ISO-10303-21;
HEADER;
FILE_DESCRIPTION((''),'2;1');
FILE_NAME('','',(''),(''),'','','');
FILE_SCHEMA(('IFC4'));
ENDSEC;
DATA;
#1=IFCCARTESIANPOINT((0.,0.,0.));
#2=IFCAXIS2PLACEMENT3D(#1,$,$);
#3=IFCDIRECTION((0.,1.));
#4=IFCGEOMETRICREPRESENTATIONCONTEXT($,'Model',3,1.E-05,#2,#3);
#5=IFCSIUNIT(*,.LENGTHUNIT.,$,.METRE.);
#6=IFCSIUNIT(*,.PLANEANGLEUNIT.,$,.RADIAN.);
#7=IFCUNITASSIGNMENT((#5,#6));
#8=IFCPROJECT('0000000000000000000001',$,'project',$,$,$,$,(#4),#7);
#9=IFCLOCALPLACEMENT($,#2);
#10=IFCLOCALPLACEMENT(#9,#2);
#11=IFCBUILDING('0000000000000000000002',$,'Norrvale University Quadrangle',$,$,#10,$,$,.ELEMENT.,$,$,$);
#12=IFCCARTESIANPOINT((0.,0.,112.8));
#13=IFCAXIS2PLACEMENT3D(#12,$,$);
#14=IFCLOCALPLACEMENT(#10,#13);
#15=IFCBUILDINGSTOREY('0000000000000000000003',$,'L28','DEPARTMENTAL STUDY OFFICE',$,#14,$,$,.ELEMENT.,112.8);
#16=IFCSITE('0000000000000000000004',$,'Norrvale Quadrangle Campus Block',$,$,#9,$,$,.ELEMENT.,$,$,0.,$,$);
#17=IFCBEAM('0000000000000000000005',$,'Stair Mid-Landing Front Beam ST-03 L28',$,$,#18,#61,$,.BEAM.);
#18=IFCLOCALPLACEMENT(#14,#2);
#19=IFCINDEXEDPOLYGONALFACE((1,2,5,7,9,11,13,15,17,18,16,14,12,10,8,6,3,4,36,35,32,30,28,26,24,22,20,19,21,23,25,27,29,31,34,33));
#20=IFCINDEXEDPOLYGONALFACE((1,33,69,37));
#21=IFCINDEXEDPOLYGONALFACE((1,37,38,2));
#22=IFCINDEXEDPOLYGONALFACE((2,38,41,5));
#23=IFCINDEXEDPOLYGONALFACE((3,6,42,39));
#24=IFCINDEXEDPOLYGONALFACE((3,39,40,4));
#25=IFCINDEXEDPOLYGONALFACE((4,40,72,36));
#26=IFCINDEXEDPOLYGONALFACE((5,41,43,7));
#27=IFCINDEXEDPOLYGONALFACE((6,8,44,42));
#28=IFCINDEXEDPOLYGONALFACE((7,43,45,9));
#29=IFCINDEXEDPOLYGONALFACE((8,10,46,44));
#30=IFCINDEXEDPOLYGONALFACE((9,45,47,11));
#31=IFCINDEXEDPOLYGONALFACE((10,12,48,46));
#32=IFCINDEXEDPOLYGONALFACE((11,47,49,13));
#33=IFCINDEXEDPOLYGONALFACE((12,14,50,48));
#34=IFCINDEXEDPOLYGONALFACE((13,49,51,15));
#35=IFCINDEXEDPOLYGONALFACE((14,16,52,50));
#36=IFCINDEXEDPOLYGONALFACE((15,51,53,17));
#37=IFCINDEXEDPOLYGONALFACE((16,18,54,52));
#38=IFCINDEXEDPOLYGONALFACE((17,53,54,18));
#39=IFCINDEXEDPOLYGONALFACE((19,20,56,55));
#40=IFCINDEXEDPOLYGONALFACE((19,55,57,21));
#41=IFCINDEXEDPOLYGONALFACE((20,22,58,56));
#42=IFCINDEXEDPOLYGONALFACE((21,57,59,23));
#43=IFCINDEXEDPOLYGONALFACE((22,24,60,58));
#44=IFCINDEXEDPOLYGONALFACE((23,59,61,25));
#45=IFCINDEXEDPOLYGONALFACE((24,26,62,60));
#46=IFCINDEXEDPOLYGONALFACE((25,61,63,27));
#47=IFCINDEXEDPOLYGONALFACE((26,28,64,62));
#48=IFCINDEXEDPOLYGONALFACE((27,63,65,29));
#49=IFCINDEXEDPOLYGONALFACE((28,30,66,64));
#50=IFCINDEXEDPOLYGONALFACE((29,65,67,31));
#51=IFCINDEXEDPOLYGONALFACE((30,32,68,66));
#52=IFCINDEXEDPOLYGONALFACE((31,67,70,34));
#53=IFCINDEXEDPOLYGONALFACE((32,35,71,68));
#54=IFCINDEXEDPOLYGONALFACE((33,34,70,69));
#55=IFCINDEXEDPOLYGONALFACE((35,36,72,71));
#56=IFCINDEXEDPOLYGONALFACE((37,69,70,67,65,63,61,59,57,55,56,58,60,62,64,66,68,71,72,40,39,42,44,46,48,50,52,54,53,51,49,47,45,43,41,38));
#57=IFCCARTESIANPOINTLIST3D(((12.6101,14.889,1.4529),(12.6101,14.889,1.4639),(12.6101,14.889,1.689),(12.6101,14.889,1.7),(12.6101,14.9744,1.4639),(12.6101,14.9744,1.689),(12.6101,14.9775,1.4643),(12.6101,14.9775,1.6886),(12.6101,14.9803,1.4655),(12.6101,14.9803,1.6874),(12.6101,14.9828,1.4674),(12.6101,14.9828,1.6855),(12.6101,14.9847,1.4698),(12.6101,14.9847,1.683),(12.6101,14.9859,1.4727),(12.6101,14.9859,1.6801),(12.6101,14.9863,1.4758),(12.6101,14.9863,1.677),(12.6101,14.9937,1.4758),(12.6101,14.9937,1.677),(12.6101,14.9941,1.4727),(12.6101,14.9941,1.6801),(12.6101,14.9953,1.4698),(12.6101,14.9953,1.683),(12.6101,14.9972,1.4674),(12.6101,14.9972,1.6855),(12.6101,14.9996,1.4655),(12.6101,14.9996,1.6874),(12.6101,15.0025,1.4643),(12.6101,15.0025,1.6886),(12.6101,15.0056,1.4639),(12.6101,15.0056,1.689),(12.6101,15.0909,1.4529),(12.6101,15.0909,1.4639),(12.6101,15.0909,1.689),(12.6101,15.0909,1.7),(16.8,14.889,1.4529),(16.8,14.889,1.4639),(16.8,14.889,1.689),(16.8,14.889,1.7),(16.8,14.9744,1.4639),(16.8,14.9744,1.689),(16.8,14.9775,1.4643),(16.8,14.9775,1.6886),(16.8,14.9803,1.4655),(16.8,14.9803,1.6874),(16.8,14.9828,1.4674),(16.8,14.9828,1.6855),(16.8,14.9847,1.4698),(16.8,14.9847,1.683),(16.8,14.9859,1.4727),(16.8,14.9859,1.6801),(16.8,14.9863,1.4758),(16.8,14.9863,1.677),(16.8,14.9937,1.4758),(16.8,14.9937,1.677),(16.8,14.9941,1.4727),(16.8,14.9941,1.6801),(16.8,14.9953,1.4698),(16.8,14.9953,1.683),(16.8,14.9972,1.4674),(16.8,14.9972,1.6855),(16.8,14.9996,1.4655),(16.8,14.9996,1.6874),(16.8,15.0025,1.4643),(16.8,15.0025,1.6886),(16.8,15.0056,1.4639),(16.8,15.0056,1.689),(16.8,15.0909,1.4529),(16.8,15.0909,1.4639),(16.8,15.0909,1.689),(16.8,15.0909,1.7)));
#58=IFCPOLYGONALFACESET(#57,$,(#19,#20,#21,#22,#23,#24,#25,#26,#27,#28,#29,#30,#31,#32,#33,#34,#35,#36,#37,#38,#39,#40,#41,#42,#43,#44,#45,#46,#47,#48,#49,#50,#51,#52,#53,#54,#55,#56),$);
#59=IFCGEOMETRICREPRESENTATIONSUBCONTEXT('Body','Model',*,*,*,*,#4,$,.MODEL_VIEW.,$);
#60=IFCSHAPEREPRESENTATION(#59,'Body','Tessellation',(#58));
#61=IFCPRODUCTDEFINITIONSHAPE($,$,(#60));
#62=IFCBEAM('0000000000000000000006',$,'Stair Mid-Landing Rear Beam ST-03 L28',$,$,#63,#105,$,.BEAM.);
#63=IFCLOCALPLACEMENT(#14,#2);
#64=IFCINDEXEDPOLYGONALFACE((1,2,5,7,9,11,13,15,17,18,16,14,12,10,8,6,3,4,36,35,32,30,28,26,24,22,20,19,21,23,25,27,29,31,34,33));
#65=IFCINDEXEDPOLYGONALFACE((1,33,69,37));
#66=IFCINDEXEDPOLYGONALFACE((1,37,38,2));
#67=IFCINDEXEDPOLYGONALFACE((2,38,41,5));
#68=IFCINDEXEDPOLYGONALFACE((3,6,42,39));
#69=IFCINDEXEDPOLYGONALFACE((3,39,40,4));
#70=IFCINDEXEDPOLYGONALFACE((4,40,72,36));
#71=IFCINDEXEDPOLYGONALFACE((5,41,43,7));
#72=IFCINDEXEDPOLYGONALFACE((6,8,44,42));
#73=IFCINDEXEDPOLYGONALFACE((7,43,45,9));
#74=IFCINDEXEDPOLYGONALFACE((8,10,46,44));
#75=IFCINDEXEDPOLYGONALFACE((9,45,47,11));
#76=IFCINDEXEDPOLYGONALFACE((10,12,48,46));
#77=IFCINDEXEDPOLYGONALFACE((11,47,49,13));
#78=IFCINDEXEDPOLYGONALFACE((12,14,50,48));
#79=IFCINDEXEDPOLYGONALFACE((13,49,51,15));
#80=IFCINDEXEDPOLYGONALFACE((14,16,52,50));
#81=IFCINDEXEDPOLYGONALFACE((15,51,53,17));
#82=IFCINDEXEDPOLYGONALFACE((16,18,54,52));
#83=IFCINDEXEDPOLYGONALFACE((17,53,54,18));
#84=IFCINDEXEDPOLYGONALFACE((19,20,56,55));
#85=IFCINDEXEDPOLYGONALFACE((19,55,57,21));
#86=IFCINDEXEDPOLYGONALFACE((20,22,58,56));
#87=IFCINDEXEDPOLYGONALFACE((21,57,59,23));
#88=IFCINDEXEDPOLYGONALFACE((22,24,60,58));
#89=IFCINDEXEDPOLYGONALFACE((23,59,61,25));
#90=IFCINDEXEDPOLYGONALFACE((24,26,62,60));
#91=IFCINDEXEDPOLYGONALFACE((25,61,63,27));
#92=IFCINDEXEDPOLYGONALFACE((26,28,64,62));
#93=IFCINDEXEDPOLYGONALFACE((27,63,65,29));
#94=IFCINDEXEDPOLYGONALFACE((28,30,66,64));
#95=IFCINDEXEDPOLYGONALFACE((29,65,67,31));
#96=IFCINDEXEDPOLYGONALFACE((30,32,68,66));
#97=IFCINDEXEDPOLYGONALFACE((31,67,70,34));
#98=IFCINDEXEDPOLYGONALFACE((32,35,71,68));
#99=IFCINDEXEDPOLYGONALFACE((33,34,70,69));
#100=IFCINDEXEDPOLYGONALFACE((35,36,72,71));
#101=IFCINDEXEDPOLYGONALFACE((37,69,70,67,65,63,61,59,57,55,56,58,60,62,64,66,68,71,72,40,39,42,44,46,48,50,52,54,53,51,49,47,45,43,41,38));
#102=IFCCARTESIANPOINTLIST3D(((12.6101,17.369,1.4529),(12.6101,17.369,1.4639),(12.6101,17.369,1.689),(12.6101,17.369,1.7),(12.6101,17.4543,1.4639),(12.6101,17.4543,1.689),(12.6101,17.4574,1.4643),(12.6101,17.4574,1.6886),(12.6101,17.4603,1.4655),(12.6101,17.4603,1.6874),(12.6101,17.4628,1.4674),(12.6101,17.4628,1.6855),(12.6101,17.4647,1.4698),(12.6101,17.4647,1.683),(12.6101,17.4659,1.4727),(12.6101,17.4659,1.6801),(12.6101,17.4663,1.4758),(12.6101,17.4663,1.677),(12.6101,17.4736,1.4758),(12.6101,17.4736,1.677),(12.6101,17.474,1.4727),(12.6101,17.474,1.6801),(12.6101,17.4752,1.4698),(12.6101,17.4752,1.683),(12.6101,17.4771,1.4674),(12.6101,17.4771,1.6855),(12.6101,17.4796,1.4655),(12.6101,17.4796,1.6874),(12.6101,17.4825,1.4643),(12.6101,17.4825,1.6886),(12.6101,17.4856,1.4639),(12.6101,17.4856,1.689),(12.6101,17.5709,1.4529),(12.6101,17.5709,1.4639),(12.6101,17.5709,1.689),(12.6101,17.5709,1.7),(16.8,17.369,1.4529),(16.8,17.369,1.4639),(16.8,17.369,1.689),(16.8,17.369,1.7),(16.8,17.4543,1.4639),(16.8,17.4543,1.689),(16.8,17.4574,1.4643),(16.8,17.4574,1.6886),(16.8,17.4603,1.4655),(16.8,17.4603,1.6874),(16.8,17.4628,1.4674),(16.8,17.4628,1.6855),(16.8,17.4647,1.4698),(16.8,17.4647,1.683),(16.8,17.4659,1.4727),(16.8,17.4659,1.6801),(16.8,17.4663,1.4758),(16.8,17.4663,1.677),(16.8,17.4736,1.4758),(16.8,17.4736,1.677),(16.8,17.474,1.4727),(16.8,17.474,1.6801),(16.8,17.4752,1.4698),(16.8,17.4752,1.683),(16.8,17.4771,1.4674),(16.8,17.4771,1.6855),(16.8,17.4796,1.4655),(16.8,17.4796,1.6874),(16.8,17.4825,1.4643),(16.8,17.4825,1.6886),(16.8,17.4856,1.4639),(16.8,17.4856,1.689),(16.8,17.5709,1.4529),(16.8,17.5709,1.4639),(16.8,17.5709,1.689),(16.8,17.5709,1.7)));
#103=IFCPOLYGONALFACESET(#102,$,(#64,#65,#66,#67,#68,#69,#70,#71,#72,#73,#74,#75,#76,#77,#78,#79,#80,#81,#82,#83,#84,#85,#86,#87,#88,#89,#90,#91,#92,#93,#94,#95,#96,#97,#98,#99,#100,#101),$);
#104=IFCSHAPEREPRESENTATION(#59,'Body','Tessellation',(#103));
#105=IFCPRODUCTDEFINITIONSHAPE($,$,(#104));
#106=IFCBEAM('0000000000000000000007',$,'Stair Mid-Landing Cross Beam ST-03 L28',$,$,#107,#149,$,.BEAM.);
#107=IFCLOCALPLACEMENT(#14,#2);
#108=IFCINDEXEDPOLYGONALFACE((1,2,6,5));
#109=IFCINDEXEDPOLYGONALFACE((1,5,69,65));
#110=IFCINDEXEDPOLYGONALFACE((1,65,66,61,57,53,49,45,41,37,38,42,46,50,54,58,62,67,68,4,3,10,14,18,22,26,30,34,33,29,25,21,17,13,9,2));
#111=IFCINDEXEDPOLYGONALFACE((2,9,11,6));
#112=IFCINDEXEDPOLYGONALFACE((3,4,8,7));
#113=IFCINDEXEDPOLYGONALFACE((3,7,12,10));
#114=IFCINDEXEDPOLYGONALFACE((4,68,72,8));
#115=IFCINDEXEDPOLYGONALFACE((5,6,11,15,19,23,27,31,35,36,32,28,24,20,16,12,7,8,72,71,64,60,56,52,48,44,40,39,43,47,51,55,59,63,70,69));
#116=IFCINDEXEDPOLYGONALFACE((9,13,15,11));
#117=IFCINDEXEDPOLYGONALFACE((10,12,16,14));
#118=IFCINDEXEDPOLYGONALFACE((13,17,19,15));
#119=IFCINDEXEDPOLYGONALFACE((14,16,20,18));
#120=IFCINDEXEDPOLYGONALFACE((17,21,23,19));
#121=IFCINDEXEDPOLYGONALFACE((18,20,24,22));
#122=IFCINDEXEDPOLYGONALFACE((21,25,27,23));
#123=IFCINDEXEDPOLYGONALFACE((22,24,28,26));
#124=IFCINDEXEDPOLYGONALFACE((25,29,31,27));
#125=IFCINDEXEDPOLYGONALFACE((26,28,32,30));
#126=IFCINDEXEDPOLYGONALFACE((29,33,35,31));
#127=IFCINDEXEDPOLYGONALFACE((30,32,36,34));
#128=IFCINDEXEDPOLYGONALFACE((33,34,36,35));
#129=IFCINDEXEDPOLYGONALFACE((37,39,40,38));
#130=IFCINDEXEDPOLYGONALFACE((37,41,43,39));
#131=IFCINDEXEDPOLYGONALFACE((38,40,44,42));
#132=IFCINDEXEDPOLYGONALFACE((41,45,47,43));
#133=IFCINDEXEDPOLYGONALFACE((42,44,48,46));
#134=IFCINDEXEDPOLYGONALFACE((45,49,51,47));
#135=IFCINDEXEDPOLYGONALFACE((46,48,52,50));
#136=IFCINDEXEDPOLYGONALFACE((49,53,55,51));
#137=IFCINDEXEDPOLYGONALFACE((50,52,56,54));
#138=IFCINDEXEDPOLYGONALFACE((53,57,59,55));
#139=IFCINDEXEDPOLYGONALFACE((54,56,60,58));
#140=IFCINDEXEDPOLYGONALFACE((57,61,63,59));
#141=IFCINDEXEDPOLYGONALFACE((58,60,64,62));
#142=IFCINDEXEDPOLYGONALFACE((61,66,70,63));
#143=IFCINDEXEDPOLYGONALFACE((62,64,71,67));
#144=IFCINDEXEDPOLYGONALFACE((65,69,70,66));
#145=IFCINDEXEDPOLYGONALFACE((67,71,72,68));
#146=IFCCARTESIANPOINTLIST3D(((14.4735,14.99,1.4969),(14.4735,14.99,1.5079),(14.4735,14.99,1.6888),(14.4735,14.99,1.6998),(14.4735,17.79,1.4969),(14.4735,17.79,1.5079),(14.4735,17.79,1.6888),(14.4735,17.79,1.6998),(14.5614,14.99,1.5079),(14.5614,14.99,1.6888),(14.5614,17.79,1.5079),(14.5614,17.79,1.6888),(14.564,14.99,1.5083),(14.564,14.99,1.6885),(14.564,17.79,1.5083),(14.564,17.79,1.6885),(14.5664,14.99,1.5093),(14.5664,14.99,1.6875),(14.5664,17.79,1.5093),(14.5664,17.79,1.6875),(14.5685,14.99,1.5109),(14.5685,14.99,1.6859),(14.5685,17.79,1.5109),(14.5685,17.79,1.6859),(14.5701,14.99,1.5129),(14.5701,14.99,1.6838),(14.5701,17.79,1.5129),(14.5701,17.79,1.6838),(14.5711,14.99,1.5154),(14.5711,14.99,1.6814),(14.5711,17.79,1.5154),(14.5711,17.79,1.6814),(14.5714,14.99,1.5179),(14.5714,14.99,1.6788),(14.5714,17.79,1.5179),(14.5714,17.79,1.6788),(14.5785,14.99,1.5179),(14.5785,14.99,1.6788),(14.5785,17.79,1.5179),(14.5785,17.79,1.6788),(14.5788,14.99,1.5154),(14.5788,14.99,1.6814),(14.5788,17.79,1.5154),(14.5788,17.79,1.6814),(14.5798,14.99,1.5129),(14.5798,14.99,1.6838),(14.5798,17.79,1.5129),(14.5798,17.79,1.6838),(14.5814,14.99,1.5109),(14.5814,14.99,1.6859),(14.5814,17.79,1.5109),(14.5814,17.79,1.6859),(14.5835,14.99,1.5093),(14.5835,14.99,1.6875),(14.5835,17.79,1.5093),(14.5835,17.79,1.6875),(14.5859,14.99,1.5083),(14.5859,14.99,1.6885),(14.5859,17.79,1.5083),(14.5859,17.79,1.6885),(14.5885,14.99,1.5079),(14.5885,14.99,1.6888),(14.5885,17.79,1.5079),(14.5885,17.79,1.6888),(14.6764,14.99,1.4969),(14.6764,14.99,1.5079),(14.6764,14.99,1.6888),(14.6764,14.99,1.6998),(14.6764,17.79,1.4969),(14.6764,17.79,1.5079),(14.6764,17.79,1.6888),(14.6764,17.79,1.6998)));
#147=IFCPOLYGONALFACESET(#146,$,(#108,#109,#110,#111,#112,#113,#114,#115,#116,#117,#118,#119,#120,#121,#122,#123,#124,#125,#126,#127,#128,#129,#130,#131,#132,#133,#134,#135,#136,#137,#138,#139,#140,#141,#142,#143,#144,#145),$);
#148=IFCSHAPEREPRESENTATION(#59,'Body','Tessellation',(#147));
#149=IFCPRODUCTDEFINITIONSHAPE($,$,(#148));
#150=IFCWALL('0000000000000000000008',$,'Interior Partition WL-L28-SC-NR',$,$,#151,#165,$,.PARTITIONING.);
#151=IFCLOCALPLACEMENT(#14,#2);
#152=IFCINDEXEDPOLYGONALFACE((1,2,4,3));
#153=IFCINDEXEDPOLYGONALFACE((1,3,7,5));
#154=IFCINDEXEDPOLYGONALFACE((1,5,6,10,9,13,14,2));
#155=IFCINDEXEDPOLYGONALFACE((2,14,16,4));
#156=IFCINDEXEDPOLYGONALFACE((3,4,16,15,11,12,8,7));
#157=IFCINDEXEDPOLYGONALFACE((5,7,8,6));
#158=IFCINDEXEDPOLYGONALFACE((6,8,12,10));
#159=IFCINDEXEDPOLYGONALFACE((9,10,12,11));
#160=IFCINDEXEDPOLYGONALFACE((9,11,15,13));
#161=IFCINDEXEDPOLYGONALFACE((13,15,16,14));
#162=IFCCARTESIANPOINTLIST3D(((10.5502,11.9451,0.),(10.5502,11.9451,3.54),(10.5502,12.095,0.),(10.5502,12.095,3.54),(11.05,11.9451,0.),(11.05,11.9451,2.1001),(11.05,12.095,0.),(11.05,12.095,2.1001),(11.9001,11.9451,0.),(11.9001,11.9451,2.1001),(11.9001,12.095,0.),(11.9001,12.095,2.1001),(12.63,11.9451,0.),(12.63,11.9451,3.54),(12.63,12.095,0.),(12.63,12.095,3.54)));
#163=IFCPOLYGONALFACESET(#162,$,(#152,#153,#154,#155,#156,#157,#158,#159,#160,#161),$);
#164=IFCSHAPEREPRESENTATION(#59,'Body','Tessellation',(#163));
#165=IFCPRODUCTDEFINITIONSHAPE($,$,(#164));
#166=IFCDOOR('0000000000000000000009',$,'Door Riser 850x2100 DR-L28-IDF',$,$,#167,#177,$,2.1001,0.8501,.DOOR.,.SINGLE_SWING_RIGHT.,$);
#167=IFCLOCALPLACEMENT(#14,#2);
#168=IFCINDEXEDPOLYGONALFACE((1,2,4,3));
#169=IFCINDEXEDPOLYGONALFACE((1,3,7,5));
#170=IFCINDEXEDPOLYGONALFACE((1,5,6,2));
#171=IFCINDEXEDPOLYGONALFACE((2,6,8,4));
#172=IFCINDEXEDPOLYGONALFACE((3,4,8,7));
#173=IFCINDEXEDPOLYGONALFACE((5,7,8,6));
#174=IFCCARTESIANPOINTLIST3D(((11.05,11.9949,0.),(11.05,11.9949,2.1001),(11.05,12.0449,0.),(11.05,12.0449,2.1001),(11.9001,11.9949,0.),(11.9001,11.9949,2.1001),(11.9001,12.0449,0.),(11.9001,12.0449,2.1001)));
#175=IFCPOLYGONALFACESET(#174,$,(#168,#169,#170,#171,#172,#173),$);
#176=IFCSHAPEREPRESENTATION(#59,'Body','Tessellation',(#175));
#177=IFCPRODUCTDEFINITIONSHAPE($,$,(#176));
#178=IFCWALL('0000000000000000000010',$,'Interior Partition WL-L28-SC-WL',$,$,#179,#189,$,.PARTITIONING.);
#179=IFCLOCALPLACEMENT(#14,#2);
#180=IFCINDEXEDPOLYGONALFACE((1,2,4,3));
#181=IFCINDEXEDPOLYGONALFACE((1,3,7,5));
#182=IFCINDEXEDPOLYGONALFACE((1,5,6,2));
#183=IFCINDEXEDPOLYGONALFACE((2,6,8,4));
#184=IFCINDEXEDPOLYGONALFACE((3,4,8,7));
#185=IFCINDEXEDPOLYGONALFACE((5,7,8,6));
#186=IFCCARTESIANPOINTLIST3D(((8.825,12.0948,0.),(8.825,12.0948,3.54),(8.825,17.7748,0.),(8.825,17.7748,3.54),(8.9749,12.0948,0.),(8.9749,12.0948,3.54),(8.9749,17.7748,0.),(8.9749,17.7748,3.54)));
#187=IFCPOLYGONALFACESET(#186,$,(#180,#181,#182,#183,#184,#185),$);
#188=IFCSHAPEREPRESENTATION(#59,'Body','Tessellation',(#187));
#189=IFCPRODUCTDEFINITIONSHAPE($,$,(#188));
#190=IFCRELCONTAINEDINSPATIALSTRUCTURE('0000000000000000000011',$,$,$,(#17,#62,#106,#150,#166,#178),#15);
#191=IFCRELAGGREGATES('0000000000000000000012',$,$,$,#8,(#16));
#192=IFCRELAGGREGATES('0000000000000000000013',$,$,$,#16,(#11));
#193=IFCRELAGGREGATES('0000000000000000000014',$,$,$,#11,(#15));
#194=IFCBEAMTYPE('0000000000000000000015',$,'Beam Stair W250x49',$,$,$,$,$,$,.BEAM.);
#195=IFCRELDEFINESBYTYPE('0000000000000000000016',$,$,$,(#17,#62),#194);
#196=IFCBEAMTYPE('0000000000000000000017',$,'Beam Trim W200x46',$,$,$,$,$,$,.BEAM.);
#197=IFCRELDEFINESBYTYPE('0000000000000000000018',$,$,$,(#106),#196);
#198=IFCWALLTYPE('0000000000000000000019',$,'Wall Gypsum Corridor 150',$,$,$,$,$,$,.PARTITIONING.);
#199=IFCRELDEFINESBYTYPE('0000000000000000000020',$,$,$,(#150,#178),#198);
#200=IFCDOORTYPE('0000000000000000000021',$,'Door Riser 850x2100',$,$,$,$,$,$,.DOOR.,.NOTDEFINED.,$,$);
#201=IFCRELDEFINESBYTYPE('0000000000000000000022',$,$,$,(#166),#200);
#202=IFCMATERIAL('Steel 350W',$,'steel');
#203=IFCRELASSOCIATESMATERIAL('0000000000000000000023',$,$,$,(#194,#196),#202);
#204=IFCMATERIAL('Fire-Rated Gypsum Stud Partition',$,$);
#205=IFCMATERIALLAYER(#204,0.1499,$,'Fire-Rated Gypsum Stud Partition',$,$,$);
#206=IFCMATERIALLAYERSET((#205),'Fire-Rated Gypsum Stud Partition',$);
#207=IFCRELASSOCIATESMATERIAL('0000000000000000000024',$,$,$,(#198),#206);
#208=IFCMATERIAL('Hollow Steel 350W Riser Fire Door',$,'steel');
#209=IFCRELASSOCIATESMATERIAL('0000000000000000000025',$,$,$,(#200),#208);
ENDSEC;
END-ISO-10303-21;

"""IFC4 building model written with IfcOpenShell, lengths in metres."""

from ifc_helpers import new_model, si_unit, direction, frame, frame_2d, origin, origin_2d, place, context, subcontext, project, spatial, rectangle, i_section, extrude, material, layer, layer_set, material_profile, profile_set, type_object, element, fill, save


model = new_model("IFC4")

# Units and contexts
model_context = context("Model", 3, precision=1e-05, world=origin(), true_north=direction((0.0, 1.0)))
body_context = subcontext(model_context, "Body", "Model", "MODEL_VIEW")
ifc_project = project(units=[si_unit("LENGTHUNIT", "METRE"), si_unit("PLANEANGLEUNIT", "RADIAN")], contexts=[model_context])

# Site, building, storey
site_placement = place(None, origin())
site = spatial("IfcSite", under=ifc_project, at=site_placement, Name="Norrvale Quadrangle Campus Block", CompositionType="ELEMENT", RefElevation=0.0)
building_placement = place(site_placement, origin())
building = spatial("IfcBuilding", under=site, at=building_placement, Name="Norrvale University Quadrangle", CompositionType="ELEMENT")
storey_placement = place(building_placement, frame((0.0, 0.0, 112.8)))
storey = spatial("IfcBuildingStorey", under=building, at=storey_placement, Name="L28", Description="DEPARTMENTAL STUDY OFFICE", CompositionType="ELEMENT", Elevation=112.8)

# Beams
ifc_material_1 = material(Name="Steel 350W", Category="steel")
ifc_material_profile_1 = material_profile(ifc_material_1, i_section(OverallWidth=0.2019, OverallDepth=0.2471, WebThickness=0.0073, FlangeThickness=0.011, FilletRadius=0.012, at=origin_2d()), Name="Steel 350W")
ifc_profile_set_1 = profile_set([ifc_material_profile_1], Name="Steel 350W")
beam_type_1 = type_object("IfcBeamType", Name="Beam Stair W250x49", PredefinedType="BEAM", material=ifc_profile_set_1)
for number, where, z_axis, x_axis, name in (
    (1, (12.6101, 14.99, 1.5764), (1.0, 0.0, 0.0), (0.0, 1.0, 0.0), "Stair Mid-Landing Front Beam ST-03 L28"),
    (2, (12.6101, 17.47, 1.5764), (1.0, 0.0, 0.0), (0.0, 1.0, 0.0), "Stair Mid-Landing Rear Beam ST-03 L28"),
):
    element("IfcBeam", number, at=place(storey_placement, frame(where, z_axis=z_axis, x_axis=x_axis)), inside=storey, type_object=beam_type_1, Name=name, PredefinedType="BEAM", context=body_context, shape_type="SweptSolid", body=[
        extrude(i_section(OverallWidth=0.2019, OverallDepth=0.2471, WebThickness=0.0073, FlangeThickness=0.011, FilletRadius=0.012, at=origin_2d()), origin(), (0.0, 0.0, 1.0), 4.1899),
    ])
ifc_material_profile_2 = material_profile(ifc_material_1, i_section(OverallWidth=0.2029, OverallDepth=0.2029, WebThickness=0.0071, FlangeThickness=0.011, FilletRadius=0.01, at=origin_2d()), Name="Steel 350W")
ifc_profile_set_2 = profile_set([ifc_material_profile_2], Name="Steel 350W")
beam_type_2 = type_object("IfcBeamType", Name="Beam Trim W200x46", PredefinedType="BEAM", material=ifc_profile_set_2)
beam_placement = place(storey_placement, frame((14.575, 14.99, 1.5984), z_axis=(0.0, 1.0, 0.0), x_axis=(-1.0, 0.0, 0.0)))
element("IfcBeam", 3, at=beam_placement, inside=storey, type_object=beam_type_2, Name="Stair Mid-Landing Cross Beam ST-03 L28", PredefinedType="BEAM", context=body_context, shape_type="SweptSolid", body=[
    extrude(i_section(OverallWidth=0.2029, OverallDepth=0.2029, WebThickness=0.0071, FlangeThickness=0.011, FilletRadius=0.01, at=origin_2d()), origin(), (0.0, 0.0, 1.0), 2.8),
])

# Wall, opening, door
ifc_material_2 = material(Name="Fire-Rated Gypsum Stud Partition")
ifc_layer_1 = layer(ifc_material_2, 0.1499, Name="Fire-Rated Gypsum Stud Partition")
ifc_layer_set_1 = layer_set([ifc_layer_1], Name="Fire-Rated Gypsum Stud Partition")
wall_type_1 = type_object("IfcWallType", Name="Wall Gypsum Corridor 150", PredefinedType="PARTITIONING", material=ifc_layer_set_1)
wall_1_placement = place(storey_placement, frame((10.55, 12.02, 0.0), z_axis=(0.0, 0.0, 1.0), x_axis=(1.0, 0.0, 0.0)))
wall_1 = element("IfcWall", 4, at=wall_1_placement, inside=storey, type_object=wall_type_1, Name="Interior Partition WL-L28-SC-NR", PredefinedType="PARTITIONING", context=body_context, shape_type="SweptSolid", body=[
    extrude(rectangle(XDim=2.0798, YDim=0.1499, at=frame_2d((1.04, 0.0))), origin(), (0.0, 0.0, 1.0), 3.54),
])
opening_1_placement = place(wall_1_placement, frame((0.5, 0.0, 0.0)))
opening_1 = element("IfcOpeningElement", 5, at=opening_1_placement, cuts=wall_1, PredefinedType="OPENING", context=body_context, shape_type="SweptSolid", body=[
    extrude(rectangle(XDim=0.8501, YDim=2.1001, at=frame_2d((0.425, 1.05))), frame((0.0, 0.0869, 0.0), z_axis=(0.0, -1.0, 0.0), x_axis=(1.0, 0.0, 0.0)), (0.0, 0.0, 1.0), 0.1738),
])
ifc_material_3 = material(Name="Hollow Steel 350W Riser Fire Door", Category="steel")
door_type_1 = type_object("IfcDoorType", Name="Door Riser 850x2100", OperationType="NOTDEFINED", PredefinedType="DOOR", material=ifc_material_3)
door_1_placement = place(opening_1_placement, origin())
door_1 = element("IfcDoor", 6, at=door_1_placement, inside=storey, type_object=door_type_1, Name="Door Riser 850x2100 DR-L28-IDF", OperationType="SINGLE_SWING_RIGHT", OverallHeight=2.1001, OverallWidth=0.8501, PredefinedType="DOOR", context=body_context, shape_type="SweptSolid", body=[
    extrude(rectangle(XDim=0.8501, YDim=2.1001, at=frame_2d((0.425, 1.05))), frame((0.0, 0.0249, 0.0), z_axis=(0.0, -1.0, 0.0), x_axis=(1.0, 0.0, 0.0)), (0.0, 0.0, 1.0), 0.05),
])
fill(opening_1, door_1)

# Wall
for number, where, z_axis, x_axis, name in (
    (7, (8.8999, 12.095, 0.0), (0.0, 0.0, 1.0), (0.0, 1.0, 0.0), "Interior Partition WL-L28-SC-WL"),
):
    element("IfcWall", number, at=place(storey_placement, frame(where, z_axis=z_axis, x_axis=x_axis)), inside=storey, type_object=wall_type_1, Name=name, PredefinedType="PARTITIONING", context=body_context, shape_type="SweptSolid", body=[
        extrude(rectangle(XDim=5.6799, YDim=0.1499, at=frame_2d((2.8398, 0.0))), origin(), (0.0, 0.0, 1.0), 3.54),
    ])

save(model, "model.ifc")
